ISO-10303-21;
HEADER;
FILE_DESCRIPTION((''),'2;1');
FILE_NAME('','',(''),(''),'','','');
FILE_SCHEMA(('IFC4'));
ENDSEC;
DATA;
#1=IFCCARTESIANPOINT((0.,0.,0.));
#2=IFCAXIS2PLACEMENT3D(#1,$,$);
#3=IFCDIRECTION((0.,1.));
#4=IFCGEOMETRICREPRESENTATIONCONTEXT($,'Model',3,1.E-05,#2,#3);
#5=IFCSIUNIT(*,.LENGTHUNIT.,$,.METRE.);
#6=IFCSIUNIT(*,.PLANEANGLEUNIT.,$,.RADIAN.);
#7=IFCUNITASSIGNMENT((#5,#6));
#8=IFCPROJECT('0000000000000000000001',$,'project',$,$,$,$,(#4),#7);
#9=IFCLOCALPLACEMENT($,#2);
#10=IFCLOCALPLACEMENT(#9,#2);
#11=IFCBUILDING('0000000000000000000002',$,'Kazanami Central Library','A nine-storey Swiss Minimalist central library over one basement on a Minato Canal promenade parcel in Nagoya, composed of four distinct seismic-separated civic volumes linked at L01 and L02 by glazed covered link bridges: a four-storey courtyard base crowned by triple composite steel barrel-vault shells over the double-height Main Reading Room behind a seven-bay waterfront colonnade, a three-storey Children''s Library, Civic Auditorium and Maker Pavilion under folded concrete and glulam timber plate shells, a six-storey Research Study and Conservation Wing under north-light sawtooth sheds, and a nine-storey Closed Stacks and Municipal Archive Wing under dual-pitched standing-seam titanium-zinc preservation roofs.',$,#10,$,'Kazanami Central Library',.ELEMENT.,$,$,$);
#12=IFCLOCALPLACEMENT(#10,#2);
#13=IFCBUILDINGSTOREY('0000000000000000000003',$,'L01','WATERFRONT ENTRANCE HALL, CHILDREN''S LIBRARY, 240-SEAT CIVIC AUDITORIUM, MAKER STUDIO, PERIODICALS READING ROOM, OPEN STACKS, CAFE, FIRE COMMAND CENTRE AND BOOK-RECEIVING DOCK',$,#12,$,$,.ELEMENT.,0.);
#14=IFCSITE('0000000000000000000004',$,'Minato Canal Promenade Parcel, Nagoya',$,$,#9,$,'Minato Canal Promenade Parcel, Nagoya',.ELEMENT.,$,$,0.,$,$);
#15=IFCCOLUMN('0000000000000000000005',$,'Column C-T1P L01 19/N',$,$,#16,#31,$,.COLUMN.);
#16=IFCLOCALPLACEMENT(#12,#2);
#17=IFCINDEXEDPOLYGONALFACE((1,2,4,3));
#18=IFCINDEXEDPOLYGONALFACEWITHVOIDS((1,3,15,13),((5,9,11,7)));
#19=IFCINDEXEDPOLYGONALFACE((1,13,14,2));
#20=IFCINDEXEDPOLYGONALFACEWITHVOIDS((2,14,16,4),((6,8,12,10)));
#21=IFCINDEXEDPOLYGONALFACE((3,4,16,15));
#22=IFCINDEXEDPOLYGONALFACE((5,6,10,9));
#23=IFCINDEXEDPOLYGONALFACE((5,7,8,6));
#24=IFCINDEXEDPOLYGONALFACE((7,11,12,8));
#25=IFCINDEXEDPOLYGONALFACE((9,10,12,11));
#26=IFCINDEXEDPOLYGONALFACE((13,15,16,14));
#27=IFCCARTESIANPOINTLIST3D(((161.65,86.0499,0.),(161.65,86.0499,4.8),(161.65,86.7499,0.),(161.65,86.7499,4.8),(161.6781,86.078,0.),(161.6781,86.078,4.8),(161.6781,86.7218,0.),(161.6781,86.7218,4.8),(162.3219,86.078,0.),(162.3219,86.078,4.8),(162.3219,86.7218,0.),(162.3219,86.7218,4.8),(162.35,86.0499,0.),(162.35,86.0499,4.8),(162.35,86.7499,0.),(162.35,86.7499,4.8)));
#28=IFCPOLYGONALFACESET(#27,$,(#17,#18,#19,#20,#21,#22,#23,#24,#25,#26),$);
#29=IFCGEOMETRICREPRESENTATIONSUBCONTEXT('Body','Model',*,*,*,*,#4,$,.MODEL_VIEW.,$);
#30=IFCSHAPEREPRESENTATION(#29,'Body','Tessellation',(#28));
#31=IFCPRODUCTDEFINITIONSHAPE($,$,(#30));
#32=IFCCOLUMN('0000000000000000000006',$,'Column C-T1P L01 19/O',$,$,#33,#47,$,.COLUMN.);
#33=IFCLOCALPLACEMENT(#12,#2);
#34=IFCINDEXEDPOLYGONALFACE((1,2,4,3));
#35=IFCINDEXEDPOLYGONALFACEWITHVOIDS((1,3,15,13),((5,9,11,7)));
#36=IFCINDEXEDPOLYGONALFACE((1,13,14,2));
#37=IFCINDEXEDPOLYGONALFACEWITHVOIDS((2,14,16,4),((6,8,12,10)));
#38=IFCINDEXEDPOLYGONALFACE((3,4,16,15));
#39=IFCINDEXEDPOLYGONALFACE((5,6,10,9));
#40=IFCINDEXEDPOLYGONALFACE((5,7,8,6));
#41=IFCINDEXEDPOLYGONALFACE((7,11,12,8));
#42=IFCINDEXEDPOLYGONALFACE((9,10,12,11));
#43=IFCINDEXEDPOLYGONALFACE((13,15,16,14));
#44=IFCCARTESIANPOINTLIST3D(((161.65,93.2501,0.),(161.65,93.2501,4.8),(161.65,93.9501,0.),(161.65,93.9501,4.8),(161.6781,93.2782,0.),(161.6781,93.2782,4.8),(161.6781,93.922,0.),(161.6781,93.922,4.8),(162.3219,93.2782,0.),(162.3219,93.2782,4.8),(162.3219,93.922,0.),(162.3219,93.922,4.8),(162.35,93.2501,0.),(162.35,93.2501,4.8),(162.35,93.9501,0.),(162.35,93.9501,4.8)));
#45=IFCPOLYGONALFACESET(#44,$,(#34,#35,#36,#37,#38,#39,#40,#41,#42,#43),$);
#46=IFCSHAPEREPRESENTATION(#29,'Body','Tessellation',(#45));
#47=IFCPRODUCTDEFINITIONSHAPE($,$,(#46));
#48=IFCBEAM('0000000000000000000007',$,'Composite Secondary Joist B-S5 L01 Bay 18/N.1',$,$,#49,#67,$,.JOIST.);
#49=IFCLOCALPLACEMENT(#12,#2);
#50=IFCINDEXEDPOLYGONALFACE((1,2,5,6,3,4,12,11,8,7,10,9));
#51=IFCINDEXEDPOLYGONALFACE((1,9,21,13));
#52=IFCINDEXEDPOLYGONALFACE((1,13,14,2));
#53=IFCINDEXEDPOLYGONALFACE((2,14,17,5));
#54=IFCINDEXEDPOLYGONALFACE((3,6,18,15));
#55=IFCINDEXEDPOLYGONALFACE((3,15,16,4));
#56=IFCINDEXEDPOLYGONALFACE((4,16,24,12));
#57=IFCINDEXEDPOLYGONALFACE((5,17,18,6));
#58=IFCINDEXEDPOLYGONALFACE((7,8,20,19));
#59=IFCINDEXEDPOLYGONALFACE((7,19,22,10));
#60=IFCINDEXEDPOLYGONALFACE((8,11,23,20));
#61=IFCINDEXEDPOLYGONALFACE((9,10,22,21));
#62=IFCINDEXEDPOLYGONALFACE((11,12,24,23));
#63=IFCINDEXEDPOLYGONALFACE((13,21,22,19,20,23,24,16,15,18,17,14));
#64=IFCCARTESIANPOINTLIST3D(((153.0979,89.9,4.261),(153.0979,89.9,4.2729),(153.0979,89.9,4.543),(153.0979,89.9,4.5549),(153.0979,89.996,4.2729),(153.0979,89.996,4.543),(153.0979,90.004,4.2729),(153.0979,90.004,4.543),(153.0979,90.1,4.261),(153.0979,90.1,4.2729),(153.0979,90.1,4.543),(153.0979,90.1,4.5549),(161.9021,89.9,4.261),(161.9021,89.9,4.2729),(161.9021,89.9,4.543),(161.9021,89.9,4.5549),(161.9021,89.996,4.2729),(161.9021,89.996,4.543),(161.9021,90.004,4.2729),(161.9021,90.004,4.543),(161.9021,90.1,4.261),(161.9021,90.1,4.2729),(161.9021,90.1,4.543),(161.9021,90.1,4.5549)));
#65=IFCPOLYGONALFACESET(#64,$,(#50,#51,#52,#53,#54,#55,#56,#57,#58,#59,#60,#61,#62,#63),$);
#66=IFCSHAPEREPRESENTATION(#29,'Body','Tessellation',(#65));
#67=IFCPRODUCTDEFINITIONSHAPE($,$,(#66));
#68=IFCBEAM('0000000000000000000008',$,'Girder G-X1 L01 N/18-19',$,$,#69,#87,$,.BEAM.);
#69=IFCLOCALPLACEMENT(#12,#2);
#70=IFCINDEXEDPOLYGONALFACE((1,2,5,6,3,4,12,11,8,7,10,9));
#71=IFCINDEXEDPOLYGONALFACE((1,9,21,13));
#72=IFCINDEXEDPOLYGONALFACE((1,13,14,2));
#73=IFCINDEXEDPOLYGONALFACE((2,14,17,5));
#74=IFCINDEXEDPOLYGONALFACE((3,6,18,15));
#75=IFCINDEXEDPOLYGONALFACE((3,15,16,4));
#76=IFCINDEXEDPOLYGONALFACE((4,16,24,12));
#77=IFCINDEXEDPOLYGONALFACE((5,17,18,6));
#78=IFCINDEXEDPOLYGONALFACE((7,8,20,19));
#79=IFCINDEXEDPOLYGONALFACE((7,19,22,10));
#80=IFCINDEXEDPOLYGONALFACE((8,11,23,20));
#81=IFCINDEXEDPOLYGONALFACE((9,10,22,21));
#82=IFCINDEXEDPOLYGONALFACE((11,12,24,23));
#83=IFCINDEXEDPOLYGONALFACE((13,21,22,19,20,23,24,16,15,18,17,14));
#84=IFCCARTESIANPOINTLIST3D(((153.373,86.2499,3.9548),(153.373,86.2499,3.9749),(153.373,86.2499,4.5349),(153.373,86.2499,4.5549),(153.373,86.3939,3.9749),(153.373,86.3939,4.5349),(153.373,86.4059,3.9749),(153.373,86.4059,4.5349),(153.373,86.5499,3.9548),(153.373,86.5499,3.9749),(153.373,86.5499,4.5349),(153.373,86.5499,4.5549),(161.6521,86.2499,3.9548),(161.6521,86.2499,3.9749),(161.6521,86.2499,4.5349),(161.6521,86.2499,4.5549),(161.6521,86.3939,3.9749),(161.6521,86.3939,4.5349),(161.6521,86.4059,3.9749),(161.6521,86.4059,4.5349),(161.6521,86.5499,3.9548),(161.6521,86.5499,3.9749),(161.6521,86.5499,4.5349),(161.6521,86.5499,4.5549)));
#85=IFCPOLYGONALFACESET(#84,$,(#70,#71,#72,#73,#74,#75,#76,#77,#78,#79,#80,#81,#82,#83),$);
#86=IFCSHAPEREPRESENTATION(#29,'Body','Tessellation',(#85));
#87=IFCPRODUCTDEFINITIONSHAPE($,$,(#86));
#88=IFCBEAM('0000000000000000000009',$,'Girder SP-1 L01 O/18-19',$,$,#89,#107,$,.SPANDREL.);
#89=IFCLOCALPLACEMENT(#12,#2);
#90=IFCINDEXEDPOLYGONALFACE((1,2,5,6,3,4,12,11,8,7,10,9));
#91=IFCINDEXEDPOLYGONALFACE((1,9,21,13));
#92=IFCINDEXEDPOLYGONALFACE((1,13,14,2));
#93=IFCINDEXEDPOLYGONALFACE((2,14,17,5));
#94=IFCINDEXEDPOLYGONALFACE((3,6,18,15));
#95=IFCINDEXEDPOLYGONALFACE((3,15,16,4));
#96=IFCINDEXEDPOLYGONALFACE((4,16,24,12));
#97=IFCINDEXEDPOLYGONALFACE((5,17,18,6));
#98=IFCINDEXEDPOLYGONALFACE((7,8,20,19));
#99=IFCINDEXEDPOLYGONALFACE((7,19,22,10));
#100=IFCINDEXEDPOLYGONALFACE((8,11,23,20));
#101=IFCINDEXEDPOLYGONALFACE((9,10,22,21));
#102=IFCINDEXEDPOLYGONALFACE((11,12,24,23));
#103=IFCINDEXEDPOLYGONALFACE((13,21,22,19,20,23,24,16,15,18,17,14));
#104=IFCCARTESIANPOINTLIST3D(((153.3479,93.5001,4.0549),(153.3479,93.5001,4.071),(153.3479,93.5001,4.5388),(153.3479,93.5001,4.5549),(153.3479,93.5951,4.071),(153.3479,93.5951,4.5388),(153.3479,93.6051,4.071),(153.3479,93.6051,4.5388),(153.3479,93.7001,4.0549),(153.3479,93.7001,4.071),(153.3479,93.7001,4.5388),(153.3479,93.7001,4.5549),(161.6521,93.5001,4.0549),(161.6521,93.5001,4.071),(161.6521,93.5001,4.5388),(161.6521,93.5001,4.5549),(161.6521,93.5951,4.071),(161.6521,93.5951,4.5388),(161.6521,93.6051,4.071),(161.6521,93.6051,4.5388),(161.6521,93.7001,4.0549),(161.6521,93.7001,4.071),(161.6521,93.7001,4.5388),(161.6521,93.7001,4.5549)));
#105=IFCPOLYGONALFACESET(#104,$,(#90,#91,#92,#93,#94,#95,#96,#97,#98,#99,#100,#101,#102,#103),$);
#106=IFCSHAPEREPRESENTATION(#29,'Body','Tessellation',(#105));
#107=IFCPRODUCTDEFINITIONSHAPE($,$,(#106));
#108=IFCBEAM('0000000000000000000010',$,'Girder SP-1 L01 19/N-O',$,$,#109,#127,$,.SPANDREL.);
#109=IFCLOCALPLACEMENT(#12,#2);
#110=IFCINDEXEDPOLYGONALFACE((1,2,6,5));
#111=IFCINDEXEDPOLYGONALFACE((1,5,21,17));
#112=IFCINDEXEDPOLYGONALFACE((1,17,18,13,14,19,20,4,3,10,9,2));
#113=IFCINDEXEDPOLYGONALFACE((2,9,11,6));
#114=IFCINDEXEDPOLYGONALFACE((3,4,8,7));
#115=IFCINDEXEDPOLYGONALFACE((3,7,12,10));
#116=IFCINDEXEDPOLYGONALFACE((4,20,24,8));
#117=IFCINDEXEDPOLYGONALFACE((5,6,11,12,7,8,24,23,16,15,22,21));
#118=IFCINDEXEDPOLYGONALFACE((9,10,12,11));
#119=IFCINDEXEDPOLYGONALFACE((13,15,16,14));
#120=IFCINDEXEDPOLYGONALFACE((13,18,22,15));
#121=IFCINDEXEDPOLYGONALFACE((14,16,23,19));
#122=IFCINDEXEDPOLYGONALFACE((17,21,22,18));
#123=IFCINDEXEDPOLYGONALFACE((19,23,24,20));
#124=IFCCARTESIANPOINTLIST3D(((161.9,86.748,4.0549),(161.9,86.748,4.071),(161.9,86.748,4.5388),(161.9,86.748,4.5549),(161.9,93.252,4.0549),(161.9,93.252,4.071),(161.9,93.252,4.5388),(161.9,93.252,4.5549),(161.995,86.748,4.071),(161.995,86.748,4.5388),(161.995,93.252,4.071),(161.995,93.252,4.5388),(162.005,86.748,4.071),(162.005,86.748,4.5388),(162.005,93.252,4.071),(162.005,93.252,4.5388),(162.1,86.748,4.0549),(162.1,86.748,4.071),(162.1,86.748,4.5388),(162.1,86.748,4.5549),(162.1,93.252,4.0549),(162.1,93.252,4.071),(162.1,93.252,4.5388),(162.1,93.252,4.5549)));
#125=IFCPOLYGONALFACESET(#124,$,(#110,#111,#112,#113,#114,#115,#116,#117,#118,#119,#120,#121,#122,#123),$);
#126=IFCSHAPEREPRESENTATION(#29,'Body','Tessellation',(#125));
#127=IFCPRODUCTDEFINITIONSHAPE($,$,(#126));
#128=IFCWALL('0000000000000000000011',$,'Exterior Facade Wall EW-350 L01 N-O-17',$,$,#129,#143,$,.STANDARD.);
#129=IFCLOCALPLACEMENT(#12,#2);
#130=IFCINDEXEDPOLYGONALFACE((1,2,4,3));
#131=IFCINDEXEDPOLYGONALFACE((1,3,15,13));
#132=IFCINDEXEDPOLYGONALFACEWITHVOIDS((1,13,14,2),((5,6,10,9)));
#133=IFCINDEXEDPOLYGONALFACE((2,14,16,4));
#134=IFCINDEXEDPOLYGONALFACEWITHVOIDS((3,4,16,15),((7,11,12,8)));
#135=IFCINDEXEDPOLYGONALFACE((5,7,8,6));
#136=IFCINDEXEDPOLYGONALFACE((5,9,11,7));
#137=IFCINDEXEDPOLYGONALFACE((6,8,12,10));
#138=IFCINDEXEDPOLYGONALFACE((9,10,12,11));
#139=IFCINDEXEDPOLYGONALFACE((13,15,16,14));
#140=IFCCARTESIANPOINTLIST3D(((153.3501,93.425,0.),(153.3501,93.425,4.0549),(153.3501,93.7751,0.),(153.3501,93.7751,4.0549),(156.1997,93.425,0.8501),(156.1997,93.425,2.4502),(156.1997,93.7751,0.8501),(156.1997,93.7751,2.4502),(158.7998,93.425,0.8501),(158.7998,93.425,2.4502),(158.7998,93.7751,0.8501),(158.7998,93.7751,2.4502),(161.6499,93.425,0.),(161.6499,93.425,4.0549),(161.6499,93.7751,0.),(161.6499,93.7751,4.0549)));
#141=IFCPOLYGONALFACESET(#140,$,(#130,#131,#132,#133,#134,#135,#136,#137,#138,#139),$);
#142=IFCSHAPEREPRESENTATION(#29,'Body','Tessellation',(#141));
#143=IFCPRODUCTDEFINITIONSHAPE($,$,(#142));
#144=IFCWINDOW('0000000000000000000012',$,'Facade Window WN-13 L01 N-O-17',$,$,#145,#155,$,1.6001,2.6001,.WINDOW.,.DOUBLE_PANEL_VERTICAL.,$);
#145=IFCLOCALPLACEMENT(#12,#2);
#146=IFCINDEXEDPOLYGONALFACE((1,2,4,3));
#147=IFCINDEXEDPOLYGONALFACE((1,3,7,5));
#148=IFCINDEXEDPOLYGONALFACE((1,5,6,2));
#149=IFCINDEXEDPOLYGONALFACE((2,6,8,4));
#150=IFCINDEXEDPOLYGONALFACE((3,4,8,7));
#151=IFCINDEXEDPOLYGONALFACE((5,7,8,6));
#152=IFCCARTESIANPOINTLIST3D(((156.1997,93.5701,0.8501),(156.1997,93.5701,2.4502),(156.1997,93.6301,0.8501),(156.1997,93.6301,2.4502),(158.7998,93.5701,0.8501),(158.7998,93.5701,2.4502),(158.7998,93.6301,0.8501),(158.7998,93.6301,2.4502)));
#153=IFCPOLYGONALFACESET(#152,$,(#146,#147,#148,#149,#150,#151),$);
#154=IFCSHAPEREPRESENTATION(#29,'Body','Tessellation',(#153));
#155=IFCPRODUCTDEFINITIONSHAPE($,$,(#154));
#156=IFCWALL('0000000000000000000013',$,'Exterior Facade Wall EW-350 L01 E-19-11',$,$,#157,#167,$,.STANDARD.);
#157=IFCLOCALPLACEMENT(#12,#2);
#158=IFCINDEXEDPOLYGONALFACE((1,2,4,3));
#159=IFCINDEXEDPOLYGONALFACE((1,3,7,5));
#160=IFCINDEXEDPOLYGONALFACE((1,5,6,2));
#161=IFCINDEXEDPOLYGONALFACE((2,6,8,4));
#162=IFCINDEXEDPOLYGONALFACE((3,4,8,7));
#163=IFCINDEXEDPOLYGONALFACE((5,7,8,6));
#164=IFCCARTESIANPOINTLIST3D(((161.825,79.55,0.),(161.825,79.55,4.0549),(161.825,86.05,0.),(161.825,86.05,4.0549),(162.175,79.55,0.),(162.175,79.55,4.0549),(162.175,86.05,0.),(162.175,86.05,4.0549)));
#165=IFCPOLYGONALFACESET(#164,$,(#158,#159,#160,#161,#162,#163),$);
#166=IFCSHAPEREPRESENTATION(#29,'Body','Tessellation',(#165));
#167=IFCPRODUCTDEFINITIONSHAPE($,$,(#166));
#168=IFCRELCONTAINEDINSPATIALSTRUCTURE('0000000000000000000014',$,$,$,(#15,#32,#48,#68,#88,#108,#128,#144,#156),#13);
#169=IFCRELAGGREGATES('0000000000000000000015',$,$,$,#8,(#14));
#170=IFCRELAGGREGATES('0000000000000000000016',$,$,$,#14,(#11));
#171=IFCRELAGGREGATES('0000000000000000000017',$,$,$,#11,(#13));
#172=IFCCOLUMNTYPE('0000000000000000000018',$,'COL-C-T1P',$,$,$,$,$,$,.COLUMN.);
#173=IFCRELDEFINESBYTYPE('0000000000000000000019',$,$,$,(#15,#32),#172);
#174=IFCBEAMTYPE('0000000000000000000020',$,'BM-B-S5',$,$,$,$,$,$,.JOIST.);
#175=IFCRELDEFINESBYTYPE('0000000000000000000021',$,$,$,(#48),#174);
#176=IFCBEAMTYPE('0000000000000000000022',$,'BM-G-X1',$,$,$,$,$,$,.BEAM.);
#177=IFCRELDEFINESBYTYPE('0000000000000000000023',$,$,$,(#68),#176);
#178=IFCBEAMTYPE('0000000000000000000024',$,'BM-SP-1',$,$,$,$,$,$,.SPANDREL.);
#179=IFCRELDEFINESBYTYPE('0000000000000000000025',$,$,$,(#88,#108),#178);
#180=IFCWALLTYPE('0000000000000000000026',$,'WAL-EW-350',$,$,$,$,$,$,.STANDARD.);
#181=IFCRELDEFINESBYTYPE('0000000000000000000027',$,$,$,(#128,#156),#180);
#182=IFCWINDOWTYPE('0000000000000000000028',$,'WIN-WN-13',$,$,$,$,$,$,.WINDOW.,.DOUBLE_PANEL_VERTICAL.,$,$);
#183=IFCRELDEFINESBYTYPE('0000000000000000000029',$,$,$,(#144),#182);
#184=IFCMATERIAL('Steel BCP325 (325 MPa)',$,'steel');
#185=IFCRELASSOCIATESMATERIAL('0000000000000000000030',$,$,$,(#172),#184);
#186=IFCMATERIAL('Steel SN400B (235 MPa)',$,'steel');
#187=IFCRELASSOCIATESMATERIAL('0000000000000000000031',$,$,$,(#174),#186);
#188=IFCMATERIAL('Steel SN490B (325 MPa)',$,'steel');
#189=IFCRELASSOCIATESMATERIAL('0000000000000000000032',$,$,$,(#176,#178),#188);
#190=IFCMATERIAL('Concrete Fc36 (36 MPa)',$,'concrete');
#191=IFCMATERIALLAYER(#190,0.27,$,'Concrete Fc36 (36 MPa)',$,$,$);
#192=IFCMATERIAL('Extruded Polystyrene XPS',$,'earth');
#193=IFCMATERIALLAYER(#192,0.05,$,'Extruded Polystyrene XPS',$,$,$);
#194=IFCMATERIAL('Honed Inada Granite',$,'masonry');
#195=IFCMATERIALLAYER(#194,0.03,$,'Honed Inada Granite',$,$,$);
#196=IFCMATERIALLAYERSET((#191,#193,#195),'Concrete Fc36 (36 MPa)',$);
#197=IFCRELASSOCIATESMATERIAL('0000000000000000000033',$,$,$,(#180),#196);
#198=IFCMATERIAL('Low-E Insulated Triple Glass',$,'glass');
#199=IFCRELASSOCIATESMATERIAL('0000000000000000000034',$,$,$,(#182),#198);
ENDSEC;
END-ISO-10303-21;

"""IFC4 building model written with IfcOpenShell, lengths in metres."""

from ifc_helpers import new_model, si_unit, direction, frame, frame_2d, origin, origin_2d, place, context, subcontext, project, spatial, rectangle, hollow_rectangle, i_section, extrude, material, layer, layer_set, material_profile, profile_set, type_object, element, fill, save


model = new_model("IFC4")

# Units and contexts
model_context = context("Model", 3, precision=1e-05, world=origin(), true_north=direction((0.0, 1.0)))
body_context = subcontext(model_context, "Body", "Model", "MODEL_VIEW")
ifc_project = project(units=[si_unit("LENGTHUNIT", "METRE"), si_unit("PLANEANGLEUNIT", "RADIAN")], contexts=[model_context])

# Site, building, storey
site_placement = place(None, origin())
site = spatial("IfcSite", under=ifc_project, at=site_placement, Name="Minato Canal Promenade Parcel, Nagoya", LongName="Minato Canal Promenade Parcel, Nagoya", CompositionType="ELEMENT", RefElevation=0.0)
building_placement = place(site_placement, origin())
building = spatial("IfcBuilding", under=site, at=building_placement, Name="Kazanami Central Library", Description="A nine-storey Swiss Minimalist central library over one basement on a Minato Canal promenade parcel in Nagoya, composed of four distinct seismic-separated civic volumes linked at L01 and L02 by glazed covered link bridges: a four-storey courtyard base crowned by triple composite steel barrel-vault shells over the double-height Main Reading Room behind a seven-bay waterfront colonnade, a three-storey Children's Library, Civic Auditorium and Maker Pavilion under folded concrete and glulam timber plate shells, a six-storey Research Study and Conservation Wing under north-light sawtooth sheds, and a nine-storey Closed Stacks and Municipal Archive Wing under dual-pitched standing-seam titanium-zinc preservation roofs.", LongName="Kazanami Central Library", CompositionType="ELEMENT")
storey_placement = place(building_placement, origin())
storey = spatial("IfcBuildingStorey", under=building, at=storey_placement, Name="L01", Description="WATERFRONT ENTRANCE HALL, CHILDREN'S LIBRARY, 240-SEAT CIVIC AUDITORIUM, MAKER STUDIO, PERIODICALS READING ROOM, OPEN STACKS, CAFE, FIRE COMMAND CENTRE AND BOOK-RECEIVING DOCK", CompositionType="ELEMENT", Elevation=0.0)

# Columns
ifc_material_1 = material(Name="Steel BCP325 (325 MPa)", Category="steel")
ifc_material_profile_1 = material_profile(ifc_material_1, hollow_rectangle(XDim=0.7, YDim=0.7, WallThickness=0.0281, at=origin_2d()), Name="BCP-700x700x28")
ifc_profile_set_1 = profile_set([ifc_material_profile_1], Name="Steel BCP325 (325 MPa)")
column_type = type_object("IfcColumnType", Name="COL-C-T1P", PredefinedType="COLUMN", material=ifc_profile_set_1)
for number, where, z_axis, x_axis, name in (
    (1, (162.0, 86.3999, 0.0), (0.0, 0.0, 1.0), (1.0, 0.0, 0.0), "Column C-T1P L01 19/N"),
    (2, (162.0, 93.6001, 0.0), (0.0, 0.0, 1.0), (1.0, 0.0, 0.0), "Column C-T1P L01 19/O"),
):
    element("IfcColumn", number, at=place(storey_placement, frame(where, z_axis=z_axis, x_axis=x_axis)), inside=storey, type_object=column_type, Name=name, PredefinedType="COLUMN", context=body_context, shape_type="SweptSolid", body=[
        extrude(hollow_rectangle(XDim=0.7, YDim=0.7, WallThickness=0.0281, at=origin_2d()), origin(), (0.0, 0.0, 1.0), 4.8),
    ])

# Beams
ifc_material_2 = material(Name="Steel SN400B (235 MPa)", Category="steel")
ifc_material_profile_2 = material_profile(ifc_material_2, i_section(OverallWidth=0.2, OverallDepth=0.2939, WebThickness=0.0081, FlangeThickness=0.012, at=origin_2d()), Name="H-294x200x8x12")
ifc_profile_set_2 = profile_set([ifc_material_profile_2], Name="Steel SN400B (235 MPa)")
beam_type_1 = type_object("IfcBeamType", Name="BM-B-S5", PredefinedType="JOIST", material=ifc_profile_set_2)
beam_1_placement = place(storey_placement, frame((153.0979, 90.0, 4.408), z_axis=(1.0, 0.0, 0.0), x_axis=(0.0, 1.0, 0.0)))
element("IfcBeam", 3, at=beam_1_placement, inside=storey, type_object=beam_type_1, Name="Composite Secondary Joist B-S5 L01 Bay 18/N.1", PredefinedType="JOIST", context=body_context, shape_type="SweptSolid", body=[
    extrude(i_section(OverallWidth=0.2, OverallDepth=0.2939, WebThickness=0.0081, FlangeThickness=0.012, at=origin_2d()), origin(), (0.0, 0.0, 1.0), 8.8042),
])
ifc_material_3 = material(Name="Steel SN490B (325 MPa)", Category="steel")
ifc_material_profile_3 = material_profile(ifc_material_3, i_section(OverallWidth=0.3, OverallDepth=0.6001, WebThickness=0.012, FlangeThickness=0.02, at=origin_2d()), Name="H-600x300x12x20")
ifc_profile_set_3 = profile_set([ifc_material_profile_3], Name="Steel SN490B (325 MPa)")
beam_type_2 = type_object("IfcBeamType", Name="BM-G-X1", PredefinedType="BEAM", material=ifc_profile_set_3)
beam_2_placement = place(storey_placement, frame((153.373, 86.3999, 4.2549), z_axis=(1.0, 0.0, 0.0), x_axis=(0.0, 1.0, 0.0)))
element("IfcBeam", 4, at=beam_2_placement, inside=storey, type_object=beam_type_2, Name="Girder G-X1 L01 N/18-19", PredefinedType="BEAM", context=body_context, shape_type="SweptSolid", body=[
    extrude(i_section(OverallWidth=0.3, OverallDepth=0.6001, WebThickness=0.012, FlangeThickness=0.02, at=origin_2d()), origin(), (0.0, 0.0, 1.0), 8.2791),
])
ifc_material_profile_4 = material_profile(ifc_material_3, i_section(OverallWidth=0.2, OverallDepth=0.5, WebThickness=0.01, FlangeThickness=0.0161, at=origin_2d()), Name="H-500x200x10x16")
ifc_profile_set_4 = profile_set([ifc_material_profile_4], Name="Steel SN490B (325 MPa)")
beam_type_3 = type_object("IfcBeamType", Name="BM-SP-1", PredefinedType="SPANDREL", material=ifc_profile_set_4)
beam_3_placement = place(storey_placement, frame((153.3479, 93.6001, 4.3049), z_axis=(1.0, 0.0, 0.0), x_axis=(0.0, 1.0, 0.0)))
element("IfcBeam", 5, at=beam_3_placement, inside=storey, type_object=beam_type_3, Name="Girder SP-1 L01 O/18-19", PredefinedType="SPANDREL", context=body_context, shape_type="SweptSolid", body=[
    extrude(i_section(OverallWidth=0.2, OverallDepth=0.5, WebThickness=0.01, FlangeThickness=0.0161, at=origin_2d()), origin(), (0.0, 0.0, 1.0), 8.3042),
])
beam_4_placement = place(storey_placement, frame((162.0, 86.748, 4.3049), z_axis=(0.0, 1.0, 0.0), x_axis=(-1.0, 0.0, 0.0)))
element("IfcBeam", 6, at=beam_4_placement, inside=storey, type_object=beam_type_3, Name="Girder SP-1 L01 19/N-O", PredefinedType="SPANDREL", context=body_context, shape_type="SweptSolid", body=[
    extrude(i_section(OverallWidth=0.2, OverallDepth=0.5, WebThickness=0.01, FlangeThickness=0.0161, at=origin_2d()), origin(), (0.0, 0.0, 1.0), 6.5039),
])

# Wall, opening, window
ifc_material_4 = material(Name="Concrete Fc36 (36 MPa)", Category="concrete")
ifc_layer_1 = layer(ifc_material_4, 0.27, Name="Concrete Fc36 (36 MPa)")
ifc_material_5 = material(Name="Extruded Polystyrene XPS", Category="earth")
ifc_layer_2 = layer(ifc_material_5, 0.05, Name="Extruded Polystyrene XPS")
ifc_material_6 = material(Name="Honed Inada Granite", Category="masonry")
ifc_layer_3 = layer(ifc_material_6, 0.03, Name="Honed Inada Granite")
ifc_layer_set_1 = layer_set([ifc_layer_1, ifc_layer_2, ifc_layer_3], Name="Concrete Fc36 (36 MPa)")
wall_type_1 = type_object("IfcWallType", Name="WAL-EW-350", PredefinedType="STANDARD", material=ifc_layer_set_1)
wall_1_placement = place(storey_placement, frame((161.6499, 93.6001, 0.0), z_axis=(0.0, 0.0, 1.0), x_axis=(-1.0, 0.0, 0.0)))
wall_1 = element("IfcWall", 7, at=wall_1_placement, inside=storey, type_object=wall_type_1, Name="Exterior Facade Wall EW-350 L01 N-O-17", PredefinedType="STANDARD", context=body_context, shape_type="SweptSolid", body=[
    extrude(rectangle(XDim=8.2998, YDim=0.3501, at=frame_2d((4.1499, 0.0))), origin(), (0.0, 0.0, 1.0), 4.0549),
])
opening_1_placement = place(wall_1_placement, frame((2.8501, 0.0, 0.8501)))
opening_1 = element("IfcOpeningElement", 8, at=opening_1_placement, cuts=wall_1, PredefinedType="OPENING", context=body_context, shape_type="SweptSolid", body=[
    extrude(rectangle(XDim=2.6001, YDim=1.6001, at=frame_2d((1.3, 0.8))), frame((0.0, 0.187, 0.0), z_axis=(0.0, -1.0, 0.0), x_axis=(1.0, 0.0, 0.0)), (0.0, 0.0, 1.0), 0.374),
])
ifc_material_7 = material(Name="Low-E Insulated Triple Glass", Category="glass")
window_type = type_object("IfcWindowType", Name="WIN-WN-13", PartitioningType="DOUBLE_PANEL_VERTICAL", PredefinedType="WINDOW", material=ifc_material_7)
window_1_placement = place(opening_1_placement, origin())
window_1 = element("IfcWindow", 9, at=window_1_placement, inside=storey, type_object=window_type, Name="Facade Window WN-13 L01 N-O-17", OverallHeight=1.6001, OverallWidth=2.6001, PartitioningType="DOUBLE_PANEL_VERTICAL", PredefinedType="WINDOW", context=body_context, shape_type="SweptSolid", body=[
    extrude(rectangle(XDim=2.6001, YDim=1.6001, at=frame_2d((1.3, 0.8))), frame((0.0, 0.03, 0.0), z_axis=(0.0, -1.0, 0.0), x_axis=(1.0, 0.0, 0.0)), (0.0, 0.0, 1.0), 0.0601),
])
fill(opening_1, window_1)

# Wall
wall_2_placement = place(storey_placement, frame((162.0, 86.05, 0.0), z_axis=(0.0, 0.0, 1.0), x_axis=(0.0, -1.0, 0.0)))
element("IfcWall", 10, at=wall_2_placement, inside=storey, type_object=wall_type_1, Name="Exterior Facade Wall EW-350 L01 E-19-11", PredefinedType="STANDARD", context=body_context, shape_type="SweptSolid", body=[
    extrude(rectangle(XDim=6.5, YDim=0.3501, at=frame_2d((3.25, 0.0))), origin(), (0.0, 0.0, 1.0), 4.0549),
])

save(model, "model.ifc")
